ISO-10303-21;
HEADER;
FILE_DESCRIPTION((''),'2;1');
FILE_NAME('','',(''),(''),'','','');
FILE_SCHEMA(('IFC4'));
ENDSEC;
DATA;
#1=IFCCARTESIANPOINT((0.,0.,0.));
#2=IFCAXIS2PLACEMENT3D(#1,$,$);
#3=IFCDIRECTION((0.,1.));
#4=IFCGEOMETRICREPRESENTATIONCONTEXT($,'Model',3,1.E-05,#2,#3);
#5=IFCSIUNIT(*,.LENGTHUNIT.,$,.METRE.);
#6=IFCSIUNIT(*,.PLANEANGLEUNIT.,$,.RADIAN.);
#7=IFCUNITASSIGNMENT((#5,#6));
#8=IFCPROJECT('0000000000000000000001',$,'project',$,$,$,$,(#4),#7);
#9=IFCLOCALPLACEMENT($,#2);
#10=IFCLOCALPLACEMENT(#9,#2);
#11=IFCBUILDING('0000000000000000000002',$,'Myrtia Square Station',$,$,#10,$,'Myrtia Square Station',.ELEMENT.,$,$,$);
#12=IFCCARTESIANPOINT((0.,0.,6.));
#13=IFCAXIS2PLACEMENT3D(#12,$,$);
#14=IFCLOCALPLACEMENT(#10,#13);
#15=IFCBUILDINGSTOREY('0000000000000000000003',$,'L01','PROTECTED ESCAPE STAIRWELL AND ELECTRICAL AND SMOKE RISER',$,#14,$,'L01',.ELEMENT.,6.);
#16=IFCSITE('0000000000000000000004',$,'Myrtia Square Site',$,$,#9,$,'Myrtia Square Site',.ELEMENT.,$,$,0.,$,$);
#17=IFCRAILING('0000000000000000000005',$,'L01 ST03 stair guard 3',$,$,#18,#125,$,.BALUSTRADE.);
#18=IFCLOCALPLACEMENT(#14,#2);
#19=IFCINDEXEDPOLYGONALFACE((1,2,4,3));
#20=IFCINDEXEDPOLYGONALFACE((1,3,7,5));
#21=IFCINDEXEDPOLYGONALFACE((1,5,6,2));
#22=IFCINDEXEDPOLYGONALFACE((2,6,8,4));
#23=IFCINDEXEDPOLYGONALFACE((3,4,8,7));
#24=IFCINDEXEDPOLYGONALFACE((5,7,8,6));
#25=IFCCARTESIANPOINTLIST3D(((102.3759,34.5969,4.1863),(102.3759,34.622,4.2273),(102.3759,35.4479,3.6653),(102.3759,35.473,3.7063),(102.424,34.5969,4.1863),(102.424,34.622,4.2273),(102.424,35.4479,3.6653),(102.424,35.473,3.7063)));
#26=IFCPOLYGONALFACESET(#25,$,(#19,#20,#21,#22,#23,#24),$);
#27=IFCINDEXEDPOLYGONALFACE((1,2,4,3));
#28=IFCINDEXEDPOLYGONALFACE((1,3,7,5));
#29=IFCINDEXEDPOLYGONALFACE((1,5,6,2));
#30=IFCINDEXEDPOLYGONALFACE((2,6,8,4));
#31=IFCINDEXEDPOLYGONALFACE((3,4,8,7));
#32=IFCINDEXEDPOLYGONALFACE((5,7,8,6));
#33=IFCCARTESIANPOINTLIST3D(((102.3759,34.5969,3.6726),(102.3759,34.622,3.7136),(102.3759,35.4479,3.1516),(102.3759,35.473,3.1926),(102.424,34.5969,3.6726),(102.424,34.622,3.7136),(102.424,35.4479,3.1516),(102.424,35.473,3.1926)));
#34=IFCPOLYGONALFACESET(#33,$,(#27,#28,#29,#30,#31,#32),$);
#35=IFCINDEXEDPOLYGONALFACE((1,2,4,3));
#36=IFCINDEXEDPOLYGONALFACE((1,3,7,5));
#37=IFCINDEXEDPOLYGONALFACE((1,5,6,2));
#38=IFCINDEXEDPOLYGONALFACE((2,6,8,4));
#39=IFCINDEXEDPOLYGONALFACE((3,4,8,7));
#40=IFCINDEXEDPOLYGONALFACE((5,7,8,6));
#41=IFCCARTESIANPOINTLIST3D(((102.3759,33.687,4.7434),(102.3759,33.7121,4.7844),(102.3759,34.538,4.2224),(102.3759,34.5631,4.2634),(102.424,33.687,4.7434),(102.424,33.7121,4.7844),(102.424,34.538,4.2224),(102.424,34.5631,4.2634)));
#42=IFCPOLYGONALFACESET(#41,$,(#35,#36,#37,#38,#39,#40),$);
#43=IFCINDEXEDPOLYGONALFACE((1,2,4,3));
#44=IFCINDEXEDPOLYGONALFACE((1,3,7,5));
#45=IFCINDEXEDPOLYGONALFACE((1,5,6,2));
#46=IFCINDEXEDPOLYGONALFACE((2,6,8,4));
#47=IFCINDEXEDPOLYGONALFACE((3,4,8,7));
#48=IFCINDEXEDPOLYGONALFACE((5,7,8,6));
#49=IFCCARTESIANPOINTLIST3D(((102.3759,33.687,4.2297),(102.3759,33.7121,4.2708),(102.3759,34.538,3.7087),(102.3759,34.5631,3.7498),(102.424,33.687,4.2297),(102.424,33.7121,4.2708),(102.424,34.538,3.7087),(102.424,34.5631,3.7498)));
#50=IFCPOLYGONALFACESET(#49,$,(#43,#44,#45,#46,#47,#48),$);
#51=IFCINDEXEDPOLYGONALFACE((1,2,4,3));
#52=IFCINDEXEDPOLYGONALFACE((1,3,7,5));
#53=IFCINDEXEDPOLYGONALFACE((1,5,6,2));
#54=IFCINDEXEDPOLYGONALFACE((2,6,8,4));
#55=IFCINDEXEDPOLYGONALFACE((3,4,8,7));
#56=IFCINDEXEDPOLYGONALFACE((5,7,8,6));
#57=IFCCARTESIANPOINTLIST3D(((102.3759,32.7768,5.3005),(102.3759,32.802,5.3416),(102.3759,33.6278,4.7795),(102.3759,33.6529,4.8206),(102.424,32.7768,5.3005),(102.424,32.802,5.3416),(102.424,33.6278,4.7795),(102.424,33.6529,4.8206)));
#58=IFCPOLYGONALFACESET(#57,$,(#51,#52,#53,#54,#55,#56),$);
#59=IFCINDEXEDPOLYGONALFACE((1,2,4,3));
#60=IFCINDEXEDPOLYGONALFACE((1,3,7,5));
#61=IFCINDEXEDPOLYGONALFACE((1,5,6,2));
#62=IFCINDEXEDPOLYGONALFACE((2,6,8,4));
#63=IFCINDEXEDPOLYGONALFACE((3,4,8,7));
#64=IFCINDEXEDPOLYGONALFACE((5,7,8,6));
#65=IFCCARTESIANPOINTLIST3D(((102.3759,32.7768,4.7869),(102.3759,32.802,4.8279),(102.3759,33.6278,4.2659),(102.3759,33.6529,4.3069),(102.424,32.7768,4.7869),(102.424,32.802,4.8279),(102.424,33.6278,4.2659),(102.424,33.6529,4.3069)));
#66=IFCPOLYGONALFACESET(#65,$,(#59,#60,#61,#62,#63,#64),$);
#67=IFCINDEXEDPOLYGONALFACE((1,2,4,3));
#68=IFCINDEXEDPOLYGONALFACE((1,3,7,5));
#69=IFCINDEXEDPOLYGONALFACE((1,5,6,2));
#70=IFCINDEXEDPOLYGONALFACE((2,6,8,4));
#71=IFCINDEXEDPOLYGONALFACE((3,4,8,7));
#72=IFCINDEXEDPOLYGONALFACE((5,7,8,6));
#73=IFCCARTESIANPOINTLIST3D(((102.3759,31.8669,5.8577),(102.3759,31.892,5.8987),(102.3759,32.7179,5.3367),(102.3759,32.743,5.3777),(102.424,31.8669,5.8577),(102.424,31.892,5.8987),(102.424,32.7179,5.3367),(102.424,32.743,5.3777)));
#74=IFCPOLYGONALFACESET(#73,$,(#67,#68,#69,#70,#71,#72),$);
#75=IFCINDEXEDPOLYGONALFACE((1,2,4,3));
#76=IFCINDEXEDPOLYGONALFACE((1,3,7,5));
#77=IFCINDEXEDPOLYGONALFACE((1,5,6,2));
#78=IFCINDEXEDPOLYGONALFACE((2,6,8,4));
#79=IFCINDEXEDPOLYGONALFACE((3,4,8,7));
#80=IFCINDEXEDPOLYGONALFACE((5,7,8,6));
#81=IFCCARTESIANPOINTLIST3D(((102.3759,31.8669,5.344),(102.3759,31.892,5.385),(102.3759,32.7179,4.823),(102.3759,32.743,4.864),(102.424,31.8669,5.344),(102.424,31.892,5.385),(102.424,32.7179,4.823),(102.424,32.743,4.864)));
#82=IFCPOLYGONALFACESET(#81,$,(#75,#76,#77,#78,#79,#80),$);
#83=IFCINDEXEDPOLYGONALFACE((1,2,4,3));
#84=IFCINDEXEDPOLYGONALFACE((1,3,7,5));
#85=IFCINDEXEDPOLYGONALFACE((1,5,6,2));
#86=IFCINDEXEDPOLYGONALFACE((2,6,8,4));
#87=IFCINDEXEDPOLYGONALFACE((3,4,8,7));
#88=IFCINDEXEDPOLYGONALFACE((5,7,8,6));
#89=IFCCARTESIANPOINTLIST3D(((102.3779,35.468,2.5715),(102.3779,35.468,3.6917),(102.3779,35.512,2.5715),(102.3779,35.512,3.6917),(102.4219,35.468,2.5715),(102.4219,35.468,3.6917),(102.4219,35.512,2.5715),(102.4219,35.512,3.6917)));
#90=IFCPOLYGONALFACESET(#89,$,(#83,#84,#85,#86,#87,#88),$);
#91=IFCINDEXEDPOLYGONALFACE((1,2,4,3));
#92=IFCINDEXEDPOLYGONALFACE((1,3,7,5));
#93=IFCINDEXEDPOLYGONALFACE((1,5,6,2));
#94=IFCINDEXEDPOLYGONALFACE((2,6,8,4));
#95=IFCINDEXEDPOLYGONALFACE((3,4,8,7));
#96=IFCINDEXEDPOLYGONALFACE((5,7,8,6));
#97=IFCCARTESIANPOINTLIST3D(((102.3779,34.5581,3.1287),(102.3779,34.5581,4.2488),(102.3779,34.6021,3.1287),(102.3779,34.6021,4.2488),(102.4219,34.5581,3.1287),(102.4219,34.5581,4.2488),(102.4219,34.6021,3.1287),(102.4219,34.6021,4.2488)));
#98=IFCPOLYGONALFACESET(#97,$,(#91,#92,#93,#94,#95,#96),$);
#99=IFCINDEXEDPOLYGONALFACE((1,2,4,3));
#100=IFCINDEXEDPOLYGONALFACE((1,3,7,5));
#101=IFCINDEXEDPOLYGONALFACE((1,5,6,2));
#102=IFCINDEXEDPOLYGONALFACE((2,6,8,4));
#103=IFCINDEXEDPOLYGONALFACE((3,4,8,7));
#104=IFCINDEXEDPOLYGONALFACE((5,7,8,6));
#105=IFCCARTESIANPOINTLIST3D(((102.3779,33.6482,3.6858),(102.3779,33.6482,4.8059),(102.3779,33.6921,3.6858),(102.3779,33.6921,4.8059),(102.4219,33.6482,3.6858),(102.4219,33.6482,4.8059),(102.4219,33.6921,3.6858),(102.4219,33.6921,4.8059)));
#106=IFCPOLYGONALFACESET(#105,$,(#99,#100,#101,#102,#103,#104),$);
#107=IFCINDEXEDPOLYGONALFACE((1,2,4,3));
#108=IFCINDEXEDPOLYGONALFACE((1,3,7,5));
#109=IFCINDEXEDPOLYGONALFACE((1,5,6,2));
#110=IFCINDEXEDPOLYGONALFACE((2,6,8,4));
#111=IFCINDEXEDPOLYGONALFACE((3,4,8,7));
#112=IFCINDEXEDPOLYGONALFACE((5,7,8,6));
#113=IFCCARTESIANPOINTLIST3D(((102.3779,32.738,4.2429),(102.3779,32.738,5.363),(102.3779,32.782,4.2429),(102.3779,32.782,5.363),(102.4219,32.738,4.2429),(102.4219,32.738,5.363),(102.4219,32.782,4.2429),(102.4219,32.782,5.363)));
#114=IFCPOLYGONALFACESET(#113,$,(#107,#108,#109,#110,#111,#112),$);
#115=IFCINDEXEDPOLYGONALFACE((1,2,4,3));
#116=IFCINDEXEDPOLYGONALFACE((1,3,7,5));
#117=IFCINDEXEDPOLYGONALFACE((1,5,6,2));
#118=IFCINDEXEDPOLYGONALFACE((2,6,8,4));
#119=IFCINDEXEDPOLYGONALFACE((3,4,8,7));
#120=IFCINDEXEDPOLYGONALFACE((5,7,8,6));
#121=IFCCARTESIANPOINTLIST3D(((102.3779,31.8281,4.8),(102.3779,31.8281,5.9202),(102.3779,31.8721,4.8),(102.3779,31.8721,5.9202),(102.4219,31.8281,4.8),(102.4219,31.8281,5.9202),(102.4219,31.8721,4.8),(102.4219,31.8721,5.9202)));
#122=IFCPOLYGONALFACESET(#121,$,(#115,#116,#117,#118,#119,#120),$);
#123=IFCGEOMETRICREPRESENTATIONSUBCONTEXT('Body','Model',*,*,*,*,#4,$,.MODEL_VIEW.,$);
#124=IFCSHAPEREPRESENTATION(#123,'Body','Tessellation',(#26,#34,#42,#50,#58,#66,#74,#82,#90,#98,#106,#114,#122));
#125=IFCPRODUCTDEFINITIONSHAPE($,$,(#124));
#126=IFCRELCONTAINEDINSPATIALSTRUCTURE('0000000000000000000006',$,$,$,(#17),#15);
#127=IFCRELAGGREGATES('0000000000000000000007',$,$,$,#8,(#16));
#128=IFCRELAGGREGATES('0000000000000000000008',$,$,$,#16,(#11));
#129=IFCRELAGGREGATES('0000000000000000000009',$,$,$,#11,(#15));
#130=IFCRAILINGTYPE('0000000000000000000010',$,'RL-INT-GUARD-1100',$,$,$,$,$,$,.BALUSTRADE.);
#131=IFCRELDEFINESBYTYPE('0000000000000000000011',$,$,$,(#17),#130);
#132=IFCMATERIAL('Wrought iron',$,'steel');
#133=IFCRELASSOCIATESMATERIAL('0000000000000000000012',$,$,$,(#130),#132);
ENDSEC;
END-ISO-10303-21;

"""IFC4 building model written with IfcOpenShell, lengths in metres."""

from ifc_helpers import new_model, si_unit, direction, frame, origin, origin_2d, place, context, subcontext, project, spatial, rectangle, extrude, material, type_object, element, save


model = new_model("IFC4")

# Units and contexts
model_context = context("Model", 3, precision=1e-05, world=origin(), true_north=direction((0.0, 1.0)))
body_context = subcontext(model_context, "Body", "Model", "MODEL_VIEW")
ifc_project = project(units=[si_unit("LENGTHUNIT", "METRE"), si_unit("PLANEANGLEUNIT", "RADIAN")], contexts=[model_context])

# Site, building, storey
site_placement = place(None, origin())
site = spatial("IfcSite", under=ifc_project, at=site_placement, Name="Myrtia Square Site", LongName="Myrtia Square Site", CompositionType="ELEMENT", RefElevation=0.0)
building_placement = place(site_placement, origin())
building = spatial("IfcBuilding", under=site, at=building_placement, Name="Myrtia Square Station", LongName="Myrtia Square Station", CompositionType="ELEMENT")
storey_placement = place(building_placement, frame((0.0, 0.0, 6.0)))
storey = spatial("IfcBuildingStorey", under=building, at=storey_placement, Name="L01", Description="PROTECTED ESCAPE STAIRWELL AND ELECTRICAL AND SMOKE RISER", LongName="L01", CompositionType="ELEMENT", Elevation=6.0)

# Railing
ifc_material_1 = material(Name="Wrought iron", Category="steel")
railing_type_1 = type_object("IfcRailingType", Name="RL-INT-GUARD-1100", PredefinedType="BALUSTRADE", material=ifc_material_1)
railing_1_placement = place(storey_placement, frame((102.3999, 35.49, 2.5715)))
element("IfcRailing", 1, at=railing_1_placement, inside=storey, type_object=railing_type_1, Name="L01 ST03 stair guard 3", PredefinedType="BALUSTRADE", context=body_context, shape_type="SweptSolid", body=[
    extrude(rectangle(XDim=0.0481, YDim=0.0481, at=origin_2d()), frame((0.0, -0.0295, 1.1143), z_axis=(0.0, -0.85285, 0.522156), x_axis=(1.0, 0.0, 0.0)), (0.0, 0.0, 1.0), 0.9978),
    extrude(rectangle(XDim=0.0481, YDim=0.0481, at=origin_2d()), frame((0.0, -0.0295, 0.6006), z_axis=(0.0, -0.85285, 0.522156), x_axis=(1.0, 0.0, 0.0)), (0.0, 0.0, 1.0), 0.9978),
    extrude(rectangle(XDim=0.0481, YDim=0.0481, at=origin_2d()), frame((0.0, -0.9395, 1.6714), z_axis=(0.0, -0.85285, 0.522156), x_axis=(1.0, 0.0, 0.0)), (0.0, 0.0, 1.0), 0.9978),
    extrude(rectangle(XDim=0.0481, YDim=0.0481, at=origin_2d()), frame((0.0, -0.9395, 1.1577), z_axis=(0.0, -0.85285, 0.522156), x_axis=(1.0, 0.0, 0.0)), (0.0, 0.0, 1.0), 0.9978),
    extrude(rectangle(XDim=0.0481, YDim=0.0481, at=origin_2d()), frame((0.0, -1.8496, 2.2285), z_axis=(0.0, -0.85285, 0.522156), x_axis=(1.0, 0.0, 0.0)), (0.0, 0.0, 1.0), 0.9978),
    extrude(rectangle(XDim=0.0481, YDim=0.0481, at=origin_2d()), frame((0.0, -1.8496, 1.7148), z_axis=(0.0, -0.85285, 0.522156), x_axis=(1.0, 0.0, 0.0)), (0.0, 0.0, 1.0), 0.9978),
    extrude(rectangle(XDim=0.0481, YDim=0.0481, at=origin_2d()), frame((0.0, -2.7595, 2.7856), z_axis=(0.0, -0.85285, 0.522156), x_axis=(1.0, 0.0, 0.0)), (0.0, 0.0, 1.0), 0.9978),
    extrude(rectangle(XDim=0.0481, YDim=0.0481, at=origin_2d()), frame((0.0, -2.7595, 2.272), z_axis=(0.0, -0.85285, 0.522156), x_axis=(1.0, 0.0, 0.0)), (0.0, 0.0, 1.0), 0.9978),
    extrude(rectangle(XDim=0.0439, YDim=0.0439, at=origin_2d()), origin(), (0.0, 0.0, 1.0), 1.1201),
    extrude(rectangle(XDim=0.0439, YDim=0.0439, at=origin_2d()), frame((0.0, -0.9099, 0.5571)), (0.0, 0.0, 1.0), 1.1201),
    extrude(rectangle(XDim=0.0439, YDim=0.0439, at=origin_2d()), frame((0.0, -1.8198, 1.1143)), (0.0, 0.0, 1.0), 1.1201),
    extrude(rectangle(XDim=0.0439, YDim=0.0439, at=origin_2d()), frame((0.0, -2.73, 1.6714)), (0.0, 0.0, 1.0), 1.1201),
    extrude(rectangle(XDim=0.0439, YDim=0.0439, at=origin_2d()), frame((0.0, -3.6399, 2.2285)), (0.0, 0.0, 1.0), 1.1201),
])

save(model, "model.ifc")
